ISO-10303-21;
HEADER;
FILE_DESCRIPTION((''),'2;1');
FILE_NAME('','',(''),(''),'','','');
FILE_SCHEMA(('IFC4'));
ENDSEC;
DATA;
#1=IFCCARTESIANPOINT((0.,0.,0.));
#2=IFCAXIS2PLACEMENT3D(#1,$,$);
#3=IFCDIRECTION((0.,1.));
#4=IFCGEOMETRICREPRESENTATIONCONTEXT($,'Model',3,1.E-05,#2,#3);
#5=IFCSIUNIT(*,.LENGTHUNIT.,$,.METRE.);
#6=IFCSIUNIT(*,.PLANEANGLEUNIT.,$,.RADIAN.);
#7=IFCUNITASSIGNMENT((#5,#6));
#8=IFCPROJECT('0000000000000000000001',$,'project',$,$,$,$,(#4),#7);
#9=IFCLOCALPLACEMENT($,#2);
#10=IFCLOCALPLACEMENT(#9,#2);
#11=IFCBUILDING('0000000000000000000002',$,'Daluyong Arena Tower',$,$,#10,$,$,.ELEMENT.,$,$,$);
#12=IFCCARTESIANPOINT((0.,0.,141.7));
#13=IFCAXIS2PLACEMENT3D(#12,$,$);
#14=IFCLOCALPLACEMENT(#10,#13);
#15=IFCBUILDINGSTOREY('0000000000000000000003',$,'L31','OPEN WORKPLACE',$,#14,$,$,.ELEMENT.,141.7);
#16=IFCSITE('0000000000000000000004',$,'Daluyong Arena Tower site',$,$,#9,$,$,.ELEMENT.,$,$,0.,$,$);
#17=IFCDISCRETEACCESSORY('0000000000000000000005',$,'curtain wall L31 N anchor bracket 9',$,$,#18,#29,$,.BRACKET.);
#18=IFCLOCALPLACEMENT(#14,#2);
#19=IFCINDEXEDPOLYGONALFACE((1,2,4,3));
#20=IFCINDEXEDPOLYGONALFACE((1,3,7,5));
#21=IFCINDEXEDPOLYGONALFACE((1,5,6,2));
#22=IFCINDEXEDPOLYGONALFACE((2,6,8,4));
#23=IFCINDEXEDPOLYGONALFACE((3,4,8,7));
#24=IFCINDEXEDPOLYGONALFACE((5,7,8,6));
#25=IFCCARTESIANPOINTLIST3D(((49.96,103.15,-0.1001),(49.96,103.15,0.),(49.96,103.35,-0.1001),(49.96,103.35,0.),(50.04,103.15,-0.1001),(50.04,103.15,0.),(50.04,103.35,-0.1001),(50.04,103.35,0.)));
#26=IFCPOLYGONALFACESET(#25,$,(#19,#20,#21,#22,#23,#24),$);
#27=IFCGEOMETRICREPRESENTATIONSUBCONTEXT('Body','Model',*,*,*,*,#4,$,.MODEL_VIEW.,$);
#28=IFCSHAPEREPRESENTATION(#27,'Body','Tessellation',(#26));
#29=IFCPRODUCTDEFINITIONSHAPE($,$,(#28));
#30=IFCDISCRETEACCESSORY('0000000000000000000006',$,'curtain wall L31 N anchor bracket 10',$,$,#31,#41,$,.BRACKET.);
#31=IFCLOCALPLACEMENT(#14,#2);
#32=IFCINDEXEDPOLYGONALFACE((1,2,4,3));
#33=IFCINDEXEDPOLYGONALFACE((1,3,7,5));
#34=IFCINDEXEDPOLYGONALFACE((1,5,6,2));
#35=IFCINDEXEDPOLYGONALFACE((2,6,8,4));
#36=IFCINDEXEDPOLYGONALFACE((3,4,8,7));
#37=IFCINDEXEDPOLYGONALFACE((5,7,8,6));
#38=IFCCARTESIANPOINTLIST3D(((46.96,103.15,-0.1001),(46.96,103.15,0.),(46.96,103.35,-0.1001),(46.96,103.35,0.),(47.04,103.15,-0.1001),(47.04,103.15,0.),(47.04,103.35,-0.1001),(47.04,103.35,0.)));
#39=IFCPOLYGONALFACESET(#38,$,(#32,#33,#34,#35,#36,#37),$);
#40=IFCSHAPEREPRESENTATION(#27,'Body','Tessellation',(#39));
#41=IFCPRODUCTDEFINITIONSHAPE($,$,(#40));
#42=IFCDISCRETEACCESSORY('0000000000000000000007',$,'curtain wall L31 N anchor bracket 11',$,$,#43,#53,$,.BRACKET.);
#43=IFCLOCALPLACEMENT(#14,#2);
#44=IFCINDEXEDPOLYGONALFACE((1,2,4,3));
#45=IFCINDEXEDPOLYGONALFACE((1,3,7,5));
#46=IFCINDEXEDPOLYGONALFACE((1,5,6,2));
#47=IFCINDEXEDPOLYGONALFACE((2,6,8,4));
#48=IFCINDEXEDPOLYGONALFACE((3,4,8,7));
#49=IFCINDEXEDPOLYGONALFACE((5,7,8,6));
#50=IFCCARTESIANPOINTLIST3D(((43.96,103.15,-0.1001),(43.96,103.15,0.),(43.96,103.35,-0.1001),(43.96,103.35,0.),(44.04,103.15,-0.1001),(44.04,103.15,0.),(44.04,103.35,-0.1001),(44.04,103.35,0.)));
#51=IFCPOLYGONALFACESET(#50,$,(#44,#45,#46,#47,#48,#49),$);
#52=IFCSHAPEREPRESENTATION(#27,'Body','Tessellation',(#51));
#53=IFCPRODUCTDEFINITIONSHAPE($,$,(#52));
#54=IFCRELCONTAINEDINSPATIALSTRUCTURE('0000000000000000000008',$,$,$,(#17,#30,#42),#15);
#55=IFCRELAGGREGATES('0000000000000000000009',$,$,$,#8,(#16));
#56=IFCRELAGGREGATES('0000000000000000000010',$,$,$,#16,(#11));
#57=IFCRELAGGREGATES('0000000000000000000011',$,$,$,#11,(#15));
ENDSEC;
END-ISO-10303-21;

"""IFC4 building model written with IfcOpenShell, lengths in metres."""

from ifc_helpers import new_model, si_unit, direction, frame, origin, origin_2d, place, context, subcontext, project, spatial, rectangle, extrude, element, save


model = new_model("IFC4")

# Units and contexts
model_context = context("Model", 3, precision=1e-05, world=origin(), true_north=direction((0.0, 1.0)))
body_context = subcontext(model_context, "Body", "Model", "MODEL_VIEW")
ifc_project = project(units=[si_unit("LENGTHUNIT", "METRE"), si_unit("PLANEANGLEUNIT", "RADIAN")], contexts=[model_context])

# Site, building, storey
site_placement = place(None, origin())
site = spatial("IfcSite", under=ifc_project, at=site_placement, Name="Daluyong Arena Tower site", CompositionType="ELEMENT", RefElevation=0.0)
building_placement = place(site_placement, origin())
building = spatial("IfcBuilding", under=site, at=building_placement, Name="Daluyong Arena Tower", CompositionType="ELEMENT")
storey_placement = place(building_placement, frame((0.0, 0.0, 141.7)))
storey = spatial("IfcBuildingStorey", under=building, at=storey_placement, Name="L31", Description="OPEN WORKPLACE", CompositionType="ELEMENT", Elevation=141.7)

# Discrete accessories
for number, where, z_axis, x_axis, name in (
    (1, (50.0, 103.25, -0.1001), (0.0, 0.0, 1.0), (-1.0, 0.0, 0.0), "curtain wall L31 N anchor bracket 9"),
    (2, (47.0, 103.25, -0.1001), (0.0, 0.0, 1.0), (-1.0, 0.0, 0.0), "curtain wall L31 N anchor bracket 10"),
    (3, (44.0, 103.25, -0.1001), (0.0, 0.0, 1.0), (-1.0, 0.0, 0.0), "curtain wall L31 N anchor bracket 11"),
):
    element("IfcDiscreteAccessory", number, at=place(storey_placement, frame(where, z_axis=z_axis, x_axis=x_axis)), inside=storey, Name=name, PredefinedType="BRACKET", context=body_context, shape_type="SweptSolid", body=[
        extrude(rectangle(XDim=0.0801, YDim=0.2, at=origin_2d()), origin(), (0.0, 0.0, 1.0), 0.1001),
    ])

save(model, "model.ifc")
